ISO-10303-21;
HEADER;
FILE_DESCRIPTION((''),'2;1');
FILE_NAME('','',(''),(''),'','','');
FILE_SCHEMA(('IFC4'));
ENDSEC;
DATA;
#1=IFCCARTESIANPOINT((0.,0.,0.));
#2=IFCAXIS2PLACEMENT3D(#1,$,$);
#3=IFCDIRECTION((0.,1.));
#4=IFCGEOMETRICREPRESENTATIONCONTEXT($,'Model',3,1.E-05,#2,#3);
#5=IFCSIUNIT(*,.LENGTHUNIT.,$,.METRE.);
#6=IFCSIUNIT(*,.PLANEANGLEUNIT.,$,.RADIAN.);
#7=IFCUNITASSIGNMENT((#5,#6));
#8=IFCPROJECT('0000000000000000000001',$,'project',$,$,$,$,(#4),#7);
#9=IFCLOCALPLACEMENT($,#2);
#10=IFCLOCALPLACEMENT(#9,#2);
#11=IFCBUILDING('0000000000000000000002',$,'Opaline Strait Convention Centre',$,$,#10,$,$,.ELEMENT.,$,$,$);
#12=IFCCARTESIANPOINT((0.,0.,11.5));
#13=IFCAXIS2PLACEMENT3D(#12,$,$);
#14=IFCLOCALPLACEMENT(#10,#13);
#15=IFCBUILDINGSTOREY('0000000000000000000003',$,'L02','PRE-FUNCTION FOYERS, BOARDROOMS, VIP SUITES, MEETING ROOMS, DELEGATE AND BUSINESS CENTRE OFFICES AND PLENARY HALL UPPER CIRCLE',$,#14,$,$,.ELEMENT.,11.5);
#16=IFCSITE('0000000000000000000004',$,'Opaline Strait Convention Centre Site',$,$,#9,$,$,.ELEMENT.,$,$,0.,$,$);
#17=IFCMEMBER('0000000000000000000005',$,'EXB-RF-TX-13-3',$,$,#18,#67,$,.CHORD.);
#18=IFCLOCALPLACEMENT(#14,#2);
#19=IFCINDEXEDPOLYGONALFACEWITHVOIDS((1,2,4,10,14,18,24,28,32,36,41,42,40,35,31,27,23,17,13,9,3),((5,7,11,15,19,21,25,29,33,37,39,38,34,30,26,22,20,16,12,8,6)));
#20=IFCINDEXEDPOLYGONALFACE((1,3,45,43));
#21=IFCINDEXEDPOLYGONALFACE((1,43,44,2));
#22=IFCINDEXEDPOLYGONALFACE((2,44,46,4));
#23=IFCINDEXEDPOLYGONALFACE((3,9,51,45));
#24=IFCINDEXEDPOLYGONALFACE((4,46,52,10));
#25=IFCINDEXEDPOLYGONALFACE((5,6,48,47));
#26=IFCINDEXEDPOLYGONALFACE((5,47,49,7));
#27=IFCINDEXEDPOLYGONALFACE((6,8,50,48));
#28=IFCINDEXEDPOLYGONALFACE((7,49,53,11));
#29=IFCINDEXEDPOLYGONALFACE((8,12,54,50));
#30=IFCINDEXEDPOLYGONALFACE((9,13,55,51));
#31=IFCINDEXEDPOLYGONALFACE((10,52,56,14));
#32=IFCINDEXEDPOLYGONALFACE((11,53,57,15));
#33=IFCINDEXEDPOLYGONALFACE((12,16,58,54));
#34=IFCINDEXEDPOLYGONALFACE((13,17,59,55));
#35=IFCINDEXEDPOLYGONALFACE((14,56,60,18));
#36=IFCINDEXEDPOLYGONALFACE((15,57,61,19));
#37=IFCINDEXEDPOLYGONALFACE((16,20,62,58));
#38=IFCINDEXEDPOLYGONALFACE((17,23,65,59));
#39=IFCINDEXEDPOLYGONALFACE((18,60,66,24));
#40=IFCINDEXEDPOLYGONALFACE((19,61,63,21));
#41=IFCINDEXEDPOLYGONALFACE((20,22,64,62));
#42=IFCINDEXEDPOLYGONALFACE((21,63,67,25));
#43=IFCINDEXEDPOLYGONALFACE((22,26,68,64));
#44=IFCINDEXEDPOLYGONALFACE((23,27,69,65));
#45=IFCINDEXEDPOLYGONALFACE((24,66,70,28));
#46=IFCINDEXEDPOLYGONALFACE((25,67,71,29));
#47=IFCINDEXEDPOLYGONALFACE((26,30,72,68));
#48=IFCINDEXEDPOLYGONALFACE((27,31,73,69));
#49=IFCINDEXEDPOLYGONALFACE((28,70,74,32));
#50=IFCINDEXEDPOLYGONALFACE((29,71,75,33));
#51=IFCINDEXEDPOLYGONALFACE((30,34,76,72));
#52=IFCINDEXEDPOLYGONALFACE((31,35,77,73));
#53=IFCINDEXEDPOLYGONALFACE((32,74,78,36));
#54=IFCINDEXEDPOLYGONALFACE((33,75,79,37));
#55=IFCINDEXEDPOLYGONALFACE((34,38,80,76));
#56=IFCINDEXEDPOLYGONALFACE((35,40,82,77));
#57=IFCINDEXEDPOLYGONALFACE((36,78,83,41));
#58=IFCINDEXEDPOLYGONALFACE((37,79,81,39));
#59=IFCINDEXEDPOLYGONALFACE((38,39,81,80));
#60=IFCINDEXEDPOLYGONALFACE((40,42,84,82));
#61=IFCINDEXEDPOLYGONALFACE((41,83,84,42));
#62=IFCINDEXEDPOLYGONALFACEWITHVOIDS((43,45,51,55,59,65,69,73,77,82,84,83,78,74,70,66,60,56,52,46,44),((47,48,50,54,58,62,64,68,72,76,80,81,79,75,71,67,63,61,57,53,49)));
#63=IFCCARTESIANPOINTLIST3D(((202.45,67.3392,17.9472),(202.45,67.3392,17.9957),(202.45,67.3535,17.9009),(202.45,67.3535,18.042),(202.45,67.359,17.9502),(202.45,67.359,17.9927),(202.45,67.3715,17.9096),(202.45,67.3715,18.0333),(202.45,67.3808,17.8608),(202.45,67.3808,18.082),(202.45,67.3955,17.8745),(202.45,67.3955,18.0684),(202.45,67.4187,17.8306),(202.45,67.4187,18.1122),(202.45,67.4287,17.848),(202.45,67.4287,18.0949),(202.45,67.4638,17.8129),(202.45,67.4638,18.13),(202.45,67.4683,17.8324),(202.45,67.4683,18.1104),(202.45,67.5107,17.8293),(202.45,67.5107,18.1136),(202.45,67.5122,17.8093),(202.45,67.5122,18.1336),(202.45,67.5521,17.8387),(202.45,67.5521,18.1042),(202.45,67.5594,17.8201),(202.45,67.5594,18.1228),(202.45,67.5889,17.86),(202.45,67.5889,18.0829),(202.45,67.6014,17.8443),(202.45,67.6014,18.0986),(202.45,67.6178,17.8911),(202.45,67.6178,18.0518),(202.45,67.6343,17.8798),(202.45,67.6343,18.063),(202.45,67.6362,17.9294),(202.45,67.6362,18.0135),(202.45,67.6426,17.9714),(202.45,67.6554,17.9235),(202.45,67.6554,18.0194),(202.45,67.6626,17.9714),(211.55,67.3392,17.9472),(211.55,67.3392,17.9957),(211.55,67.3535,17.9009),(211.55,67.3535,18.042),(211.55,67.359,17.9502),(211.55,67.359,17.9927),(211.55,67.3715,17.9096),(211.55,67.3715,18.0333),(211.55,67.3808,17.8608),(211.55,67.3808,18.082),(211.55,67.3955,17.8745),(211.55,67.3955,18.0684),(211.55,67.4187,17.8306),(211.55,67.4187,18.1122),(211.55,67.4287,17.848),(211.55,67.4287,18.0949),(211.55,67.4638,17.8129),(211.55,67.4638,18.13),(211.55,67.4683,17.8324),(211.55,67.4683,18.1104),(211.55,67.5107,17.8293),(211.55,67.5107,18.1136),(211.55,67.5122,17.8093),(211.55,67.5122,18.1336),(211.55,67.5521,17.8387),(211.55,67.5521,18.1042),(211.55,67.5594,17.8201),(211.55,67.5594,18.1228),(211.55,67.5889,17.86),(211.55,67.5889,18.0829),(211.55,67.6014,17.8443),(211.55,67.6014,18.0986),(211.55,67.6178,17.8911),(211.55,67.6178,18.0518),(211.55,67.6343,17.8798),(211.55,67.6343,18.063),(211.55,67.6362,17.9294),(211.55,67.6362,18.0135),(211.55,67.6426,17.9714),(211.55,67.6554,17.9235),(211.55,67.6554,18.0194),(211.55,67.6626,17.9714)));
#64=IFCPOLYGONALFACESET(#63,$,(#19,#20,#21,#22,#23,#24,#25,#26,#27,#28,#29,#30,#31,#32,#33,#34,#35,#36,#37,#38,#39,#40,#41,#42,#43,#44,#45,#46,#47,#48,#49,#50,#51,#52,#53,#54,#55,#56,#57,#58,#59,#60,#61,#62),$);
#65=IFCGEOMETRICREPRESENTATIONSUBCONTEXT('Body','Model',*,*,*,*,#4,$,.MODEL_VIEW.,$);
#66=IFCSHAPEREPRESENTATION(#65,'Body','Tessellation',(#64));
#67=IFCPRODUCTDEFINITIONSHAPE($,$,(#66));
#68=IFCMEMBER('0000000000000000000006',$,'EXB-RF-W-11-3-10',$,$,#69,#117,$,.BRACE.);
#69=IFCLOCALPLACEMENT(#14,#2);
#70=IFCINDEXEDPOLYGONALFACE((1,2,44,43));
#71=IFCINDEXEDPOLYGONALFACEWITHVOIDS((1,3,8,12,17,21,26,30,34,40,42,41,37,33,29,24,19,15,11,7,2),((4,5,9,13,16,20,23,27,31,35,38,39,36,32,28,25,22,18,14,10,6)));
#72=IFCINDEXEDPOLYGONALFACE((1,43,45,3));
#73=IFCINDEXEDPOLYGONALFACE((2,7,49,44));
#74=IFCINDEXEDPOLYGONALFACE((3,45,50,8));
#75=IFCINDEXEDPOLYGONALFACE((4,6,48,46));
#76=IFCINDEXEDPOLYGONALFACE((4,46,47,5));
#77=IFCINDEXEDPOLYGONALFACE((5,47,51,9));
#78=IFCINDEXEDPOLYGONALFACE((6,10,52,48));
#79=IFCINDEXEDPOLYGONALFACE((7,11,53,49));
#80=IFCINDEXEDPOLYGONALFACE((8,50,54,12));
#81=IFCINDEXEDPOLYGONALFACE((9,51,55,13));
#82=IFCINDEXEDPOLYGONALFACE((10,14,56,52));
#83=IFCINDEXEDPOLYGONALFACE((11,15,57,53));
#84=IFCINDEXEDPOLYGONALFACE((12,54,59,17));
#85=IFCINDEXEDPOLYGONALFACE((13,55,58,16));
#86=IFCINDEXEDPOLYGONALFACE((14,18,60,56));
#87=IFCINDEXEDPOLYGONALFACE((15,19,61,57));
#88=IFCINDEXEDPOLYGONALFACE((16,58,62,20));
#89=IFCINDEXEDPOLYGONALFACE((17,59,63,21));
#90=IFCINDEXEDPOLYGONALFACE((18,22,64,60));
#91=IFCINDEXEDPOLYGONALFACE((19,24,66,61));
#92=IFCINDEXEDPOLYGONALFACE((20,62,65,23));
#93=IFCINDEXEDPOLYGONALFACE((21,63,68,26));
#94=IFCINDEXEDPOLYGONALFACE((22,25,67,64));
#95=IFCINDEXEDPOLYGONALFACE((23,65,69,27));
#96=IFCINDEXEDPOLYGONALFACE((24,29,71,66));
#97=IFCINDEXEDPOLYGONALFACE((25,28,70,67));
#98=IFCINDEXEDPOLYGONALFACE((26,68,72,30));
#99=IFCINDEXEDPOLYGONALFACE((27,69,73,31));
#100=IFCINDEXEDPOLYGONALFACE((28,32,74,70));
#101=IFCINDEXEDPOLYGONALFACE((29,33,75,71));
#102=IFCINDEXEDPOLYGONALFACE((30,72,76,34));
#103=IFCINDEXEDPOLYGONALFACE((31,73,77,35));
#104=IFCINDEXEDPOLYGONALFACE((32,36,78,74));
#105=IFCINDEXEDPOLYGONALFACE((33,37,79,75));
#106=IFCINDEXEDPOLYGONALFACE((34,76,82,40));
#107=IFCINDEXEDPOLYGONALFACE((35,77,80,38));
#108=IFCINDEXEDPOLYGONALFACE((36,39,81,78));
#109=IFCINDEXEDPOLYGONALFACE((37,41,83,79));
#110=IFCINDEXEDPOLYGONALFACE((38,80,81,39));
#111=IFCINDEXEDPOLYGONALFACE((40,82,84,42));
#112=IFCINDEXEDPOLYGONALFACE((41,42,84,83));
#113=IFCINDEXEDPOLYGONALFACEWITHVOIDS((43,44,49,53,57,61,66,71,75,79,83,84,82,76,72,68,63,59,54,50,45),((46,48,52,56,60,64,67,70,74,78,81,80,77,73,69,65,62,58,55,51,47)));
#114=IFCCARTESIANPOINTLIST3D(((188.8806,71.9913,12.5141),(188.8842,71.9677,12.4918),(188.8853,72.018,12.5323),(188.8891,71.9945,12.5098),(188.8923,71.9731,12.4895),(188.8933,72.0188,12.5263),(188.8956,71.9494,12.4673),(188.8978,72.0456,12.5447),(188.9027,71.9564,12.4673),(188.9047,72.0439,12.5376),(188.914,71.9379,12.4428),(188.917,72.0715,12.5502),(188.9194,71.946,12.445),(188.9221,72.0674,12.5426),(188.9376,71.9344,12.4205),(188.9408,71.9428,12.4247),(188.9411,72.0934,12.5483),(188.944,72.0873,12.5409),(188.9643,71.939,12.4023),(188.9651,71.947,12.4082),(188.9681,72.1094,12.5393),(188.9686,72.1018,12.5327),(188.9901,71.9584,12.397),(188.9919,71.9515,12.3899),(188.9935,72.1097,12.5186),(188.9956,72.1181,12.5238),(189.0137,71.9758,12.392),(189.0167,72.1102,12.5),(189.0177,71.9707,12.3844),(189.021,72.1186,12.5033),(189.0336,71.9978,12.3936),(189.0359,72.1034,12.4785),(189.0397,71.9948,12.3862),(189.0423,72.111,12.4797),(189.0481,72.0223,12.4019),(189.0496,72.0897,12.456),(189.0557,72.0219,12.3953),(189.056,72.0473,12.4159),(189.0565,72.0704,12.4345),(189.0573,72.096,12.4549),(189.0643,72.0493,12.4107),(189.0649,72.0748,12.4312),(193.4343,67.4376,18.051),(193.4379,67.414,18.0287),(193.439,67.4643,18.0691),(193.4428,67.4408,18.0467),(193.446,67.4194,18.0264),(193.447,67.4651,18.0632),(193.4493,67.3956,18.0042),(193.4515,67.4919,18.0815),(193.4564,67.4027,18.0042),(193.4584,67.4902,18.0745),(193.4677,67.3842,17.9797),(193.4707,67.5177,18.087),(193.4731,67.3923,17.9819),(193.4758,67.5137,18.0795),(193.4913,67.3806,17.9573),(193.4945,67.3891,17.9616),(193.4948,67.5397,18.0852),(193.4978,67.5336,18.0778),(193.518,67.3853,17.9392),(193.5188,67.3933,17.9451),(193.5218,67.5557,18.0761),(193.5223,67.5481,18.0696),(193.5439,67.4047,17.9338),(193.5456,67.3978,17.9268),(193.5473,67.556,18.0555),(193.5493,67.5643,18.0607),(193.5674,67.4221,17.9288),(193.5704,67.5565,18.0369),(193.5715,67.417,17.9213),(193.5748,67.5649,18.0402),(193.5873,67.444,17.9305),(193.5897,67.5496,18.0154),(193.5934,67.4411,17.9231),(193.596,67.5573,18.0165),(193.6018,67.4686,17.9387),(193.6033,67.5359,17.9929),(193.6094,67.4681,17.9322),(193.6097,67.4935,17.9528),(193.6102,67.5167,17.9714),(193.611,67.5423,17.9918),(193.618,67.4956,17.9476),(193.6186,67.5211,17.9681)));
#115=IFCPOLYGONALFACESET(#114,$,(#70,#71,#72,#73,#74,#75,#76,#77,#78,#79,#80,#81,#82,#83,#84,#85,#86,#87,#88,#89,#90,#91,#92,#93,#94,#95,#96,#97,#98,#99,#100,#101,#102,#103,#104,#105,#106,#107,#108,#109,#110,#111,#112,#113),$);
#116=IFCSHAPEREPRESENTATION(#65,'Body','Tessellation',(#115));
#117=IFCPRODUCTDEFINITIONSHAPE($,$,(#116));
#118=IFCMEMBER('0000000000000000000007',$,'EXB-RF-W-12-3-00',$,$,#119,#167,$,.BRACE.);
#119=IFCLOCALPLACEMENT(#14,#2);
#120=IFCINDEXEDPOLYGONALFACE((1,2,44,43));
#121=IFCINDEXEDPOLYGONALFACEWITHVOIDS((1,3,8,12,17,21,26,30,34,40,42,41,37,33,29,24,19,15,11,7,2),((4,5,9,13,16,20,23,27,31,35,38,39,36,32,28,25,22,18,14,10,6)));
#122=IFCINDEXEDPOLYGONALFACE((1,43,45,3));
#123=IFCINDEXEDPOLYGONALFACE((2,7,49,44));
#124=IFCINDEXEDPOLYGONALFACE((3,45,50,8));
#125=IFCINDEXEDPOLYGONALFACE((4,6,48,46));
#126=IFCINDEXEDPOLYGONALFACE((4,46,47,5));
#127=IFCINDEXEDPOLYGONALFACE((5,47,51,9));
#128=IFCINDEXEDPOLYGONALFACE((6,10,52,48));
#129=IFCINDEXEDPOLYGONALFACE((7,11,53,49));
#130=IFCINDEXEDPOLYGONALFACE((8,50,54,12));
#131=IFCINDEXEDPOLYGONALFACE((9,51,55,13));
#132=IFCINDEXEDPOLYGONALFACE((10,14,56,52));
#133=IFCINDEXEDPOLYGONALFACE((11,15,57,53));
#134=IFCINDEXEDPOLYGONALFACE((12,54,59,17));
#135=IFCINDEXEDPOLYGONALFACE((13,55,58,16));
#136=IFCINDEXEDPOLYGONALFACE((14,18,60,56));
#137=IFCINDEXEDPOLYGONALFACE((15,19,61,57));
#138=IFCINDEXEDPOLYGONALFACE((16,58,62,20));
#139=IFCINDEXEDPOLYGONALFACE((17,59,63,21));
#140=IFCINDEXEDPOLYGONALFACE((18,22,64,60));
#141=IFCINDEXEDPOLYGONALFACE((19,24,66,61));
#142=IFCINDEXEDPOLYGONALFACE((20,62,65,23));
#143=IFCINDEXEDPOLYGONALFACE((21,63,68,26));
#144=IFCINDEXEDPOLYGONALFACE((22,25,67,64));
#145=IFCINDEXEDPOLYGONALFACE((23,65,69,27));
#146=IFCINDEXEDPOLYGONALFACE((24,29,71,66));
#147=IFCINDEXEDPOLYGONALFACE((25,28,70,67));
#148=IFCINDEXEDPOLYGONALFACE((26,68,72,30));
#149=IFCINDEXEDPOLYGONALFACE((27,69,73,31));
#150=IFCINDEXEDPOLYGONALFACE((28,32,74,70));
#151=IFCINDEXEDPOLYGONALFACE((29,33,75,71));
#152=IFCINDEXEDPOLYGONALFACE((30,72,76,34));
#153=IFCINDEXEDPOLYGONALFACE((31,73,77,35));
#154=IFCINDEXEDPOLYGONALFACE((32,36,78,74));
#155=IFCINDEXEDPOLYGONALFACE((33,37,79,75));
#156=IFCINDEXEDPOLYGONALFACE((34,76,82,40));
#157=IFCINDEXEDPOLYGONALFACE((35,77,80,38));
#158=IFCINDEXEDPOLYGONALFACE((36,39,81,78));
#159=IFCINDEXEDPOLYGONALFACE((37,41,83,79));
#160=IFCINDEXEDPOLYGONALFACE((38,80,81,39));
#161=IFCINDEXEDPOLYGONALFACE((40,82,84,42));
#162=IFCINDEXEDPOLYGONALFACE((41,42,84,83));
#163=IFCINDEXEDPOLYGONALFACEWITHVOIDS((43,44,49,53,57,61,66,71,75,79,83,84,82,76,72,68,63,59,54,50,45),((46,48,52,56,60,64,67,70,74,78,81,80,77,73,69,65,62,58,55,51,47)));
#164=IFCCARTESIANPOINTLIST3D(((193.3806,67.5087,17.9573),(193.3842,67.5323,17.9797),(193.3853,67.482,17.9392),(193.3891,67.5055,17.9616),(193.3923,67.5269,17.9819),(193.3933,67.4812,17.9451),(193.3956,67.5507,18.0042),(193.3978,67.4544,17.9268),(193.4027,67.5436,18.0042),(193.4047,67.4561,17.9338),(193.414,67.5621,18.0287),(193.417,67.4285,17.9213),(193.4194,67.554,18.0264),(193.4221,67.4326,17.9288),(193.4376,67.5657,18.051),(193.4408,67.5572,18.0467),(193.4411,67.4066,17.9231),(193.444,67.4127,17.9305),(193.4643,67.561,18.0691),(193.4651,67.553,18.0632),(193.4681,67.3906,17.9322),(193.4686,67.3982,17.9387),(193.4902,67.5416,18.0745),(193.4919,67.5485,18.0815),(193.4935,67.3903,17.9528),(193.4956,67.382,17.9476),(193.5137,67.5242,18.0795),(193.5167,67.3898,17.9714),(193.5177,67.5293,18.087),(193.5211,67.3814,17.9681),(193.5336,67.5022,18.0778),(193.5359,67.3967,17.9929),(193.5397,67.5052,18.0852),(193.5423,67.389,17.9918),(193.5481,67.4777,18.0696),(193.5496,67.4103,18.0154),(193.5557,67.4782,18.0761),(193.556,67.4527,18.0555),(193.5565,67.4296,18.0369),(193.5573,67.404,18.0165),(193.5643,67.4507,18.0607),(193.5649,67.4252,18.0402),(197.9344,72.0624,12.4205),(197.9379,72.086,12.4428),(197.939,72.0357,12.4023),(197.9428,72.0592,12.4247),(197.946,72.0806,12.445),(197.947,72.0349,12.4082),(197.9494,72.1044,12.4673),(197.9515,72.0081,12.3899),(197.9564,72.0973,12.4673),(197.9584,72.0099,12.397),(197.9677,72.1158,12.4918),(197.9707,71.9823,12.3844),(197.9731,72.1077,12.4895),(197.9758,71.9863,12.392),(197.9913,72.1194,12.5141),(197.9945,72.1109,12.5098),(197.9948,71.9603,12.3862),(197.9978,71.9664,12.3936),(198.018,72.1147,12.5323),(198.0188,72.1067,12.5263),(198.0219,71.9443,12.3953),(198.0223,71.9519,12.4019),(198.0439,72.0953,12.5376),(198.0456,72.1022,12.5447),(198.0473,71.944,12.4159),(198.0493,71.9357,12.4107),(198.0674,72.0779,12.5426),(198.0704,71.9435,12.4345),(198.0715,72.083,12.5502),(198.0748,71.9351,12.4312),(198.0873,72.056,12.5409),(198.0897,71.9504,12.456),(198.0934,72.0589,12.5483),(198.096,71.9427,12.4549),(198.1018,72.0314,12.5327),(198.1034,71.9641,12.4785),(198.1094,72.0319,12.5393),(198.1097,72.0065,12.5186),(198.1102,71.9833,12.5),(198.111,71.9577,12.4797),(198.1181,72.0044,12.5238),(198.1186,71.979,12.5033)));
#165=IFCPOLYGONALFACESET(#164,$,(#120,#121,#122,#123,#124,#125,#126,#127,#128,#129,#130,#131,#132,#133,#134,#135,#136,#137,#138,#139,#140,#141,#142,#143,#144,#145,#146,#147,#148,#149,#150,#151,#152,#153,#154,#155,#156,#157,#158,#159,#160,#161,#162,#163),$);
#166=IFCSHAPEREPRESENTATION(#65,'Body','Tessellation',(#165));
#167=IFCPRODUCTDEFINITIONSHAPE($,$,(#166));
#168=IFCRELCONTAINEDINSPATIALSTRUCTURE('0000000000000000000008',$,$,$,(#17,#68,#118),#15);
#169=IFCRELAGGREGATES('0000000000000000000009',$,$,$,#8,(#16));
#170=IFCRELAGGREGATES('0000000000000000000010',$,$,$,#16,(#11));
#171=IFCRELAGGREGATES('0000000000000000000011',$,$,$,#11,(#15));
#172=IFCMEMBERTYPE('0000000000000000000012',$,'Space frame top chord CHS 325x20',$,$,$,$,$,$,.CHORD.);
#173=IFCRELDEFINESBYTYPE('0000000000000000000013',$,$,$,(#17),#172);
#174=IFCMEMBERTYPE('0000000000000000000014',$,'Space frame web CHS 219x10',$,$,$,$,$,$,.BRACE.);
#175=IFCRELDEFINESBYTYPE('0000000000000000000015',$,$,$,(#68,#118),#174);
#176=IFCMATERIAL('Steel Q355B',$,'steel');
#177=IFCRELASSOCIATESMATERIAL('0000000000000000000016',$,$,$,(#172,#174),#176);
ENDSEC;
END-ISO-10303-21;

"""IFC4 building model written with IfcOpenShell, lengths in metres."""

from ifc_helpers import new_model, si_unit, direction, frame, origin, origin_2d, place, context, subcontext, project, spatial, hollow_circle, extrude, material, material_profile, profile_set, type_object, element, save


model = new_model("IFC4")

# Units and contexts
model_context = context("Model", 3, precision=1e-05, world=origin(), true_north=direction((0.0, 1.0)))
body_context = subcontext(model_context, "Body", "Model", "MODEL_VIEW")
ifc_project = project(units=[si_unit("LENGTHUNIT", "METRE"), si_unit("PLANEANGLEUNIT", "RADIAN")], contexts=[model_context])

# Site, building, storey
site_placement = place(None, origin())
site = spatial("IfcSite", under=ifc_project, at=site_placement, Name="Opaline Strait Convention Centre Site", CompositionType="ELEMENT", RefElevation=0.0)
building_placement = place(site_placement, origin())
building = spatial("IfcBuilding", under=site, at=building_placement, Name="Opaline Strait Convention Centre", CompositionType="ELEMENT")
storey_placement = place(building_placement, frame((0.0, 0.0, 11.5)))
storey = spatial("IfcBuildingStorey", under=building, at=storey_placement, Name="L02", Description="PRE-FUNCTION FOYERS, BOARDROOMS, VIP SUITES, MEETING ROOMS, DELEGATE AND BUSINESS CENTRE OFFICES AND PLENARY HALL UPPER CIRCLE", CompositionType="ELEMENT", Elevation=11.5)

# Members
ifc_material = material(Name="Steel Q355B", Category="steel")
ifc_material_profile_1 = material_profile(ifc_material, hollow_circle(Radius=0.1626, WallThickness=0.02, at=origin_2d()), Name="CHS 325x20")
ifc_profile_set_1 = profile_set([ifc_material_profile_1], Name="Steel Q355B")
member_type_1 = type_object("IfcMemberType", Name="Space frame top chord CHS 325x20", PredefinedType="CHORD", material=ifc_profile_set_1)
for number, where, z_axis, x_axis, name in (
    (1, (202.45, 67.5, 17.9714), (1.0, 0.0, 0.0), (0.0, 1.0, 0.0), "EXB-RF-TX-13-3"),
):
    element("IfcMember", number, at=place(storey_placement, frame(where, z_axis=z_axis, x_axis=x_axis)), inside=storey, type_object=member_type_1, Name=name, PredefinedType="CHORD", context=body_context, shape_type="SweptSolid", body=[
        extrude(hollow_circle(Radius=0.1626, WallThickness=0.02, at=origin_2d()), origin(), (0.0, 0.0, 1.0), 9.1001),
    ])
ifc_material_profile_2 = material_profile(ifc_material, hollow_circle(Radius=0.1096, WallThickness=0.01, at=origin_2d()), Name="CHS 219x10")
ifc_profile_set_2 = profile_set([ifc_material_profile_2], Name="Steel Q355B")
member_type_2 = type_object("IfcMemberType", Name="Space frame web CHS 219x10", PredefinedType="BRACE", material=ifc_profile_set_2)
for number, where, z_axis, x_axis, name in (
    (2, (193.5269, 67.4731, 18.0042), (-0.536178, 0.536178, -0.65194), (-0.707107, -0.707107, 0.0), "EXB-RF-W-11-3-10"),
    (3, (193.4731, 67.4731, 18.0042), (0.536178, 0.536178, -0.65194), (-0.707107, 0.707107, 0.0), "EXB-RF-W-12-3-00"),
):
    element("IfcMember", number, at=place(storey_placement, frame(where, z_axis=z_axis, x_axis=x_axis)), inside=storey, type_object=member_type_2, Name=name, PredefinedType="BRACE", context=body_context, shape_type="SweptSolid", body=[
        extrude(hollow_circle(Radius=0.1096, WallThickness=0.01, at=origin_2d()), origin(), (0.0, 0.0, 1.0), 8.4929),
    ])

save(model, "model.ifc")
